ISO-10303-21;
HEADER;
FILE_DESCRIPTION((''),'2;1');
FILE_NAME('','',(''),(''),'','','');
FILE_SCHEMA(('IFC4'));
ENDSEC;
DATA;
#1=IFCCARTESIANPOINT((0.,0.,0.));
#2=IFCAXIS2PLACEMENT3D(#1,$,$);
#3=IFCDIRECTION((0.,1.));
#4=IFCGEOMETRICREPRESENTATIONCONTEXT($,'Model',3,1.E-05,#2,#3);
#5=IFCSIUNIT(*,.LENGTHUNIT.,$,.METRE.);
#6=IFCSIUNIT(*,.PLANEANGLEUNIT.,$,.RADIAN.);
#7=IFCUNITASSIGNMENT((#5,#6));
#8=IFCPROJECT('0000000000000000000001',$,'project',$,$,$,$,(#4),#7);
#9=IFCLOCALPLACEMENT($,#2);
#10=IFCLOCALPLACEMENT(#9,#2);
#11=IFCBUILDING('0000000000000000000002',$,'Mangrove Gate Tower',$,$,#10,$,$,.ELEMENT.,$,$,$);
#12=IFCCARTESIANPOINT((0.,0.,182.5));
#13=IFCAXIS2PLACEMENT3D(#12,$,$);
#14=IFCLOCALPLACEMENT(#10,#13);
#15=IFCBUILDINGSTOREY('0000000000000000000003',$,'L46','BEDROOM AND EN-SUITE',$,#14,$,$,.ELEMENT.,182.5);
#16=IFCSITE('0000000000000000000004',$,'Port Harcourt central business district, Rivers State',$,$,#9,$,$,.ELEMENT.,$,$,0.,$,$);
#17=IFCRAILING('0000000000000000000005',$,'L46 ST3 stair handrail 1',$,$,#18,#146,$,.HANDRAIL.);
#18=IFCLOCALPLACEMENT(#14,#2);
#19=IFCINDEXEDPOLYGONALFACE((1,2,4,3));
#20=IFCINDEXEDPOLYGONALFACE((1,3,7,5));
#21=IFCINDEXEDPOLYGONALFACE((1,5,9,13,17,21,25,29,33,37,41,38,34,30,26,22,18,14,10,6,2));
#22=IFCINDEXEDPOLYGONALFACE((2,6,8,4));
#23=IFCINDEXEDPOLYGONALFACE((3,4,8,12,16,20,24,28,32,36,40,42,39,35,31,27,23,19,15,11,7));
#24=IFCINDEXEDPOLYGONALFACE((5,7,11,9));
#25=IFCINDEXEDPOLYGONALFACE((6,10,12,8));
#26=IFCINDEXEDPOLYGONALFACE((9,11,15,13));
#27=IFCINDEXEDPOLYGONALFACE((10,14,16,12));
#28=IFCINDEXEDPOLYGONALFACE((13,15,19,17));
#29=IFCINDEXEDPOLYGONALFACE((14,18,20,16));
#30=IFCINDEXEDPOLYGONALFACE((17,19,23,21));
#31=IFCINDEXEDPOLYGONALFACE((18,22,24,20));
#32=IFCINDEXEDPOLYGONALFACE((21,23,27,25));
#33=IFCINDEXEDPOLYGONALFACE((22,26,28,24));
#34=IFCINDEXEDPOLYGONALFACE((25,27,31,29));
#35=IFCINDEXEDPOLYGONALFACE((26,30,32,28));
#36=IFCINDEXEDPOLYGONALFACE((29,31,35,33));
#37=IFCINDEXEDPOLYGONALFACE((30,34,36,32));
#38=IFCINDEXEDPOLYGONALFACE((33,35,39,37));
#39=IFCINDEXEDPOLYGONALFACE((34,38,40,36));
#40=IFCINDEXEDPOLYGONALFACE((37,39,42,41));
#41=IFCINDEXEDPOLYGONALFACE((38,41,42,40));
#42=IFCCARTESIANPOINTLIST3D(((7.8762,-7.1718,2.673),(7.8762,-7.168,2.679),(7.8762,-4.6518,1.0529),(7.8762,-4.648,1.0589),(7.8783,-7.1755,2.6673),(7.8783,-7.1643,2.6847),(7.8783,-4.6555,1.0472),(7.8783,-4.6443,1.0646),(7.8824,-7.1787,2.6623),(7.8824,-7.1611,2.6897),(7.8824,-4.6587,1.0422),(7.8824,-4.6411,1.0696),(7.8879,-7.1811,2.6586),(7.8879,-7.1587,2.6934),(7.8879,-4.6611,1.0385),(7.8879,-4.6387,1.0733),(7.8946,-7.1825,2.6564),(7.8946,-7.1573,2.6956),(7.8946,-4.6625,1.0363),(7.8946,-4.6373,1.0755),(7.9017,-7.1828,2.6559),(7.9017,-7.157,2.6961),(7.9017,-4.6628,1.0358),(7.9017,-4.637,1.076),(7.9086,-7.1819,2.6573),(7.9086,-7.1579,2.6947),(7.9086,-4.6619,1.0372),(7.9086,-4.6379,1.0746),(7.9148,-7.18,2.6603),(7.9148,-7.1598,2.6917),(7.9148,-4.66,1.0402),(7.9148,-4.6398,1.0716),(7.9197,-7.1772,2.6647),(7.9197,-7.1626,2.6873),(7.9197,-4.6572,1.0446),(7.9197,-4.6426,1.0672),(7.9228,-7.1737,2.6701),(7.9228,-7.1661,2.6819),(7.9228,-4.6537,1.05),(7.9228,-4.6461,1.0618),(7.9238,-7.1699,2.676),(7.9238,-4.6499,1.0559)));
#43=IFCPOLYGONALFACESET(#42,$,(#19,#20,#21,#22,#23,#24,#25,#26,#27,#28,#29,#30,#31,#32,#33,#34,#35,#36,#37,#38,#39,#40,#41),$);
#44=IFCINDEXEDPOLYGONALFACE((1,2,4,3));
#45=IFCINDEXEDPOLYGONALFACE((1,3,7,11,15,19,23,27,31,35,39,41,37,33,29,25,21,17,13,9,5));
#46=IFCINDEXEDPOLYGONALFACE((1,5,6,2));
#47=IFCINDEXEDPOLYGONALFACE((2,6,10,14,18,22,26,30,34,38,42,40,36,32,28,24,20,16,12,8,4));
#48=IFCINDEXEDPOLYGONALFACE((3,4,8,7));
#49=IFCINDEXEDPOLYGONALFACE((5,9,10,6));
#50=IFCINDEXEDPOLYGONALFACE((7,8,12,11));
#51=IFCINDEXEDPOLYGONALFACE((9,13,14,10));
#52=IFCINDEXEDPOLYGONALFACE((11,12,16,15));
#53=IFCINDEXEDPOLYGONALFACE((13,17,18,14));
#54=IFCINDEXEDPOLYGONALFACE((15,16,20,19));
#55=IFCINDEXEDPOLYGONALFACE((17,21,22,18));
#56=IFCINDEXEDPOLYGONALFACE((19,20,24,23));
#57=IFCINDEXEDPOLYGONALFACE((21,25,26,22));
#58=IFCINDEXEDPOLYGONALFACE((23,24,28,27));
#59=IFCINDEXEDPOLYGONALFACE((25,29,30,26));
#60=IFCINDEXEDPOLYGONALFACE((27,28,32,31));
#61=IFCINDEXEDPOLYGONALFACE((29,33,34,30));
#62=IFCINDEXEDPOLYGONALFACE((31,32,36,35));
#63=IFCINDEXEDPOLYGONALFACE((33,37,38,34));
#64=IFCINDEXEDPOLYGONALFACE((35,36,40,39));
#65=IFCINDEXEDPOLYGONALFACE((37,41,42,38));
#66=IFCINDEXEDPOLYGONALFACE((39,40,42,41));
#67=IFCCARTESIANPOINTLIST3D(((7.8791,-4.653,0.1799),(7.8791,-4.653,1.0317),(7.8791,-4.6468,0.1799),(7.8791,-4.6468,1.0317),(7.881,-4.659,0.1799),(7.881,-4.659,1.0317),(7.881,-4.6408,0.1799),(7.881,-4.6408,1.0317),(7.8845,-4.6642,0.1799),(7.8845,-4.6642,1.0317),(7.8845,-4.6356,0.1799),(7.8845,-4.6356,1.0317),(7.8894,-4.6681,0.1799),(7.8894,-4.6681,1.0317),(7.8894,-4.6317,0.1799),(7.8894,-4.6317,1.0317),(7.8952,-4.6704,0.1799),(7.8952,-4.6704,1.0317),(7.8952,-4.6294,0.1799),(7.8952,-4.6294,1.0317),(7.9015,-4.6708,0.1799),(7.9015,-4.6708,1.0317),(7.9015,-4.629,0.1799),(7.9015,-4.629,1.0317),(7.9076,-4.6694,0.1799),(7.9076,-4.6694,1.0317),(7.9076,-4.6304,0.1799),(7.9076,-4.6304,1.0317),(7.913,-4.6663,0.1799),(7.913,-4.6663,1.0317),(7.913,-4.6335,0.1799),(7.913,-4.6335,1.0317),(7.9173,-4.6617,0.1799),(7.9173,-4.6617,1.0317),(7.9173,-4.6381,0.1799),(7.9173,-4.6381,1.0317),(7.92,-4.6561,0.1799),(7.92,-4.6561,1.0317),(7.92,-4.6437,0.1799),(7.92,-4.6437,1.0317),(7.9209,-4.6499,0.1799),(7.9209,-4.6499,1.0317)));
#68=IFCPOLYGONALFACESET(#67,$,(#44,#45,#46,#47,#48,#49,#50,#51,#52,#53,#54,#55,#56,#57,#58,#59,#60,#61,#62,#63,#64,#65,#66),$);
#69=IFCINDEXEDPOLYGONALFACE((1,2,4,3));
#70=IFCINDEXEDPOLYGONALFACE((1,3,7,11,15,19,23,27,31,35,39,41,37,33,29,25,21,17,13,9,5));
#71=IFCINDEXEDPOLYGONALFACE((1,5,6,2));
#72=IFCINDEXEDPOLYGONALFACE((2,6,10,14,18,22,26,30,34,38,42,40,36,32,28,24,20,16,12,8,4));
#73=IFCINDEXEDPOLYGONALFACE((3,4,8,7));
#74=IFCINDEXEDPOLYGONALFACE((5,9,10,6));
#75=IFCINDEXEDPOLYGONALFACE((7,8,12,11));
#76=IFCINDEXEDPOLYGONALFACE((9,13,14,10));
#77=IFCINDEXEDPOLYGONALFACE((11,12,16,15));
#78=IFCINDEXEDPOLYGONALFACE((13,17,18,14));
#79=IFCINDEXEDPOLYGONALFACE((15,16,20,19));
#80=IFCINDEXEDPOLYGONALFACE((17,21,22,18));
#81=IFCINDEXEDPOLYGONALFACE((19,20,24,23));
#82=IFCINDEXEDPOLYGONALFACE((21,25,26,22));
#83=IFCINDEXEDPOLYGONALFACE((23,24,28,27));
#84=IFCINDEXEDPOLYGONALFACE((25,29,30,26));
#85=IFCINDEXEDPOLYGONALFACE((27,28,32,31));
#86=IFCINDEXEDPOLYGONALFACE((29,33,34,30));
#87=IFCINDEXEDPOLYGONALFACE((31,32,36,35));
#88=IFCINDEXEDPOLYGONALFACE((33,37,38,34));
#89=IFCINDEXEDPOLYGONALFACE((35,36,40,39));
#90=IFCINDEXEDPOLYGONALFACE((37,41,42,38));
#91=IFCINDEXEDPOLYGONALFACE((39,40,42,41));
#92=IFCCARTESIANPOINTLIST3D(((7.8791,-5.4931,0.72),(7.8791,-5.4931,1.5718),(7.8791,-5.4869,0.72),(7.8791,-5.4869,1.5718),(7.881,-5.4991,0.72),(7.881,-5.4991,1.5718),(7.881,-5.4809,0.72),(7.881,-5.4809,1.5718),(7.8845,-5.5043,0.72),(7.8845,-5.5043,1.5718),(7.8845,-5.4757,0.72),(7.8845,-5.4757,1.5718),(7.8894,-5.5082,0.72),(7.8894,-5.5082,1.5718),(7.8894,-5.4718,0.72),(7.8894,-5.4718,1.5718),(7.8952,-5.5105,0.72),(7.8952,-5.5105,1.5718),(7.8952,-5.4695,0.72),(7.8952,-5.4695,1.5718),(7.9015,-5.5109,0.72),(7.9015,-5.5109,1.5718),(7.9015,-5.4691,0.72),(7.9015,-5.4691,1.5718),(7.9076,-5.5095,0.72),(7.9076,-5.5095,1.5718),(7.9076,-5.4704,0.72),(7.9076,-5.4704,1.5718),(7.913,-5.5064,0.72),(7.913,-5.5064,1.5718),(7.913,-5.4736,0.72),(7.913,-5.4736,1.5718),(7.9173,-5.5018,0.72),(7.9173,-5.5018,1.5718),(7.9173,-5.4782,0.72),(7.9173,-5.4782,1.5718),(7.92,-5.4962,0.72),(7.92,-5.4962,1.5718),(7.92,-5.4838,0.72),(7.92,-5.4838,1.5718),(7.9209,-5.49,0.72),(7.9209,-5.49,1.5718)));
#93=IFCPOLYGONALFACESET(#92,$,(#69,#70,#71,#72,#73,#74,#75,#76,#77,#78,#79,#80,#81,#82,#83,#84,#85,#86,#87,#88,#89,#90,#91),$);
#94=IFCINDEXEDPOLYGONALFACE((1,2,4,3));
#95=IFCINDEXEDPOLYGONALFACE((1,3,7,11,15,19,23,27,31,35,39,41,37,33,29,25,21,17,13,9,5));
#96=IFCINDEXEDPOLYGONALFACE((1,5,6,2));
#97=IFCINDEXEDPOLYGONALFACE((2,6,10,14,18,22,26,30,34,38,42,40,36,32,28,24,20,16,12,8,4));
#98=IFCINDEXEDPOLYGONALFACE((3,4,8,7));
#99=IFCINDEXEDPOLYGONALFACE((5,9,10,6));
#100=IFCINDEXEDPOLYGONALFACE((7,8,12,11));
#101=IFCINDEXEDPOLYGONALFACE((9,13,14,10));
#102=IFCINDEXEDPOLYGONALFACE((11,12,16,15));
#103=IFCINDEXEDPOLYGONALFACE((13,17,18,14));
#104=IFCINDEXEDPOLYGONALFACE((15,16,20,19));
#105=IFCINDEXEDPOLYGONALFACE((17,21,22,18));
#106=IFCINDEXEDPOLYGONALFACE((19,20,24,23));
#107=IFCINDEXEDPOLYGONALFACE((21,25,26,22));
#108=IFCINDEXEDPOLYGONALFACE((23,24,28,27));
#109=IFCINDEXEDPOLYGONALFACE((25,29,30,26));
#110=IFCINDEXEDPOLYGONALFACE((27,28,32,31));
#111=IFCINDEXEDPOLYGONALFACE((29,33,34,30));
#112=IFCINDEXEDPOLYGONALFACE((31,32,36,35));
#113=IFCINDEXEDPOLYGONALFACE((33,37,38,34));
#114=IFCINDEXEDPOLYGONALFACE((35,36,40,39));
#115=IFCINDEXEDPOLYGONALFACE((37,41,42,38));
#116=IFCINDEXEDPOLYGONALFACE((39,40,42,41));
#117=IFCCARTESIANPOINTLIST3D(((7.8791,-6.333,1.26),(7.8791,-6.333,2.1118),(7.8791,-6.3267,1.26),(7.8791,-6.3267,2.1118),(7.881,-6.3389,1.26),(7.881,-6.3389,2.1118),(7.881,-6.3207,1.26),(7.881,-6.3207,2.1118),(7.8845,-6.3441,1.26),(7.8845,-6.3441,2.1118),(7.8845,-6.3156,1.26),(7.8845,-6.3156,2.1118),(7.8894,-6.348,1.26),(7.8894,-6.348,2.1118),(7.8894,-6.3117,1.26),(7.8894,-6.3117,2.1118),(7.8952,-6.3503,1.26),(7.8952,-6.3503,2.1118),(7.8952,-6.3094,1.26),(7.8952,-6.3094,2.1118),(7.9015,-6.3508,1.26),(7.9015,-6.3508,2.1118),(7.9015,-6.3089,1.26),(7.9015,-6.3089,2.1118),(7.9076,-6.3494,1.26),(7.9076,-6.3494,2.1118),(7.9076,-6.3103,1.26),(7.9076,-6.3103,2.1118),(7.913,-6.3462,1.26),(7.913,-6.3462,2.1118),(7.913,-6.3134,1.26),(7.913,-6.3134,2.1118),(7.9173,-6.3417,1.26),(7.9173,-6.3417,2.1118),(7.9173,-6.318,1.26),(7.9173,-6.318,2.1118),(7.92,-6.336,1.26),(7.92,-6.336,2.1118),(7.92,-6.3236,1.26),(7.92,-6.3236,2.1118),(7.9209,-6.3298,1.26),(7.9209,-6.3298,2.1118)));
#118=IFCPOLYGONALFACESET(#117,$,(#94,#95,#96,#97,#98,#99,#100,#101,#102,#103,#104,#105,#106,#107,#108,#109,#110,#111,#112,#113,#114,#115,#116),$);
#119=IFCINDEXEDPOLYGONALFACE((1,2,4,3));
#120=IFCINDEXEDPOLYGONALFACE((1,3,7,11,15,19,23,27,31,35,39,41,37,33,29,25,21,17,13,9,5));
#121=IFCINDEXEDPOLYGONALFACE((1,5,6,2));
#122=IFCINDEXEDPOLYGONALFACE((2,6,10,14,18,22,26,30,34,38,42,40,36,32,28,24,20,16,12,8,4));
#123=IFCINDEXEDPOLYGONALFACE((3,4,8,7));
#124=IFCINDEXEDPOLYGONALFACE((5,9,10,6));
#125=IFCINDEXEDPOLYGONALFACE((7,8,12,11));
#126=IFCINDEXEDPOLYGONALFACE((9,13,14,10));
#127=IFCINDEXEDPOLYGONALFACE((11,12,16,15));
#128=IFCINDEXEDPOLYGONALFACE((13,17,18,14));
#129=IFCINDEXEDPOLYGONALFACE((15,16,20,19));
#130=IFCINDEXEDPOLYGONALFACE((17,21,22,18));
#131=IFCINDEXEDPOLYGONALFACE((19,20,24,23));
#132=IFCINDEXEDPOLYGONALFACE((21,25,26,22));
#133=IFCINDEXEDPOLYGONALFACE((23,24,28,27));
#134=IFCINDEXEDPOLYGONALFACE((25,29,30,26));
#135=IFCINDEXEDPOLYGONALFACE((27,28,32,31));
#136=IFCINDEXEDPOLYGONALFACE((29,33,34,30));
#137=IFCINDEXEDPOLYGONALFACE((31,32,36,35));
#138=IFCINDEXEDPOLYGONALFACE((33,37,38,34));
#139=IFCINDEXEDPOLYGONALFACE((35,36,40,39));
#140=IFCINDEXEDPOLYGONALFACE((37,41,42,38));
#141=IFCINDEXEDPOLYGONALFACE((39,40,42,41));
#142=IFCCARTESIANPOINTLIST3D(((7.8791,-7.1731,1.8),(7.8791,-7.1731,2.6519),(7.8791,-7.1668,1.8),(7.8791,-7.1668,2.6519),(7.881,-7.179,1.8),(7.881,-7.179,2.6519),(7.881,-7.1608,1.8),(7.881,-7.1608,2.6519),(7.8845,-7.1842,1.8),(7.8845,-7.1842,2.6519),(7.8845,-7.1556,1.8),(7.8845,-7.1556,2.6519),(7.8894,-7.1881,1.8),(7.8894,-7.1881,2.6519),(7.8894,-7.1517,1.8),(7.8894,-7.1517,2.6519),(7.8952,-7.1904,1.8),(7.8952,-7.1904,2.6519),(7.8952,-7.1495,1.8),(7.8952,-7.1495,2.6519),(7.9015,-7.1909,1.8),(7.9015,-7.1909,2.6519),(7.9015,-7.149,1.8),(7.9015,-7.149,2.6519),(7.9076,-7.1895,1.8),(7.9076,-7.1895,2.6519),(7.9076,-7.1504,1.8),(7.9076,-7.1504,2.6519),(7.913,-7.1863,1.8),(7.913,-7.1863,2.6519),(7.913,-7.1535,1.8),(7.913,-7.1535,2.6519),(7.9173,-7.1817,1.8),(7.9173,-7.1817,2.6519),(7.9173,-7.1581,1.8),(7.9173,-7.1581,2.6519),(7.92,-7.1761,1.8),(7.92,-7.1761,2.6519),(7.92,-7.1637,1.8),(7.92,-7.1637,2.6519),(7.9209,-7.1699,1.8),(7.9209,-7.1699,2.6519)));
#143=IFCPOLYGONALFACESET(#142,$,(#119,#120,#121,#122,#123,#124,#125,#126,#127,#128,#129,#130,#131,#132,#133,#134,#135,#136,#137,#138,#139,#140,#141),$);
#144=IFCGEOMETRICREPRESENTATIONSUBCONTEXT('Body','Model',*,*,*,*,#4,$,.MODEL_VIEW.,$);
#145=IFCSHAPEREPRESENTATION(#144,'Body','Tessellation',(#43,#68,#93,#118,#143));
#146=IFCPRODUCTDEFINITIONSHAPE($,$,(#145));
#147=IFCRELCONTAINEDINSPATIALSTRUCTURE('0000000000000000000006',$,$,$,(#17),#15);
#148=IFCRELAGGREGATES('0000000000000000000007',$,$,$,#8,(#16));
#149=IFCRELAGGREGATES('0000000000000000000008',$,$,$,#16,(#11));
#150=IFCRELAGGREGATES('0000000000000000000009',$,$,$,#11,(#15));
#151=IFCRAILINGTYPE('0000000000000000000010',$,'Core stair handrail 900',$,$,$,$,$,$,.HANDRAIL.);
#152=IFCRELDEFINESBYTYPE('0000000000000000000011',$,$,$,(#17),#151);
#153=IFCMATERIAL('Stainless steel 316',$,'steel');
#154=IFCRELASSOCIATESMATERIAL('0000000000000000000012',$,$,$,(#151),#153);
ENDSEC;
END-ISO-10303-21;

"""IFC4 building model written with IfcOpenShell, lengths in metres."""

from ifc_helpers import new_model, si_unit, direction, frame, origin, origin_2d, place, context, subcontext, project, spatial, circle, extrude, material, type_object, element, save


model = new_model("IFC4")

# Units and contexts
model_context = context("Model", 3, precision=1e-05, world=origin(), true_north=direction((0.0, 1.0)))
body_context = subcontext(model_context, "Body", "Model", "MODEL_VIEW")
ifc_project = project(units=[si_unit("LENGTHUNIT", "METRE"), si_unit("PLANEANGLEUNIT", "RADIAN")], contexts=[model_context])

# Site, building, storey
site_placement = place(None, origin())
site = spatial("IfcSite", under=ifc_project, at=site_placement, Name="Port Harcourt central business district, Rivers State", CompositionType="ELEMENT", RefElevation=0.0)
building_placement = place(site_placement, origin())
building = spatial("IfcBuilding", under=site, at=building_placement, Name="Mangrove Gate Tower", CompositionType="ELEMENT")
storey_placement = place(building_placement, frame((0.0, 0.0, 182.5)))
storey = spatial("IfcBuildingStorey", under=building, at=storey_placement, Name="L46", Description="BEDROOM AND EN-SUITE", CompositionType="ELEMENT", Elevation=182.5)

# Railing
ifc_material_1 = material(Name="Stainless steel 316", Category="steel")
railing_type_1 = type_object("IfcRailingType", Name="Core stair handrail 900", PredefinedType="HANDRAIL", material=ifc_material_1)
railing_1_placement = place(storey_placement, frame((7.8999, -4.6499, 0.1799)))
element("IfcRailing", 1, at=railing_1_placement, inside=storey, type_object=railing_type_1, Name="L46 ST3 stair handrail 1", PredefinedType="HANDRAIL", context=body_context, shape_type="SweptSolid", body=[
    extrude(circle(Radius=0.0239, at=origin_2d()), frame((0.0, 0.0, 0.876), z_axis=(0.0, -0.841163, 0.540782), x_axis=(1.0, 0.0, 0.0)), (0.0, 0.0, 1.0), 2.9958),
    extrude(circle(Radius=0.021, at=origin_2d()), origin(), (0.0, 0.0, 1.0), 0.8518),
    extrude(circle(Radius=0.021, at=origin_2d()), frame((0.0, -0.8401, 0.54)), (0.0, 0.0, 1.0), 0.8518),
    extrude(circle(Radius=0.021, at=origin_2d()), frame((0.0, -1.6799, 1.0801)), (0.0, 0.0, 1.0), 0.8518),
    extrude(circle(Radius=0.021, at=origin_2d()), frame((0.0, -2.52, 1.6201)), (0.0, 0.0, 1.0), 0.8518),
])

save(model, "model.ifc")
